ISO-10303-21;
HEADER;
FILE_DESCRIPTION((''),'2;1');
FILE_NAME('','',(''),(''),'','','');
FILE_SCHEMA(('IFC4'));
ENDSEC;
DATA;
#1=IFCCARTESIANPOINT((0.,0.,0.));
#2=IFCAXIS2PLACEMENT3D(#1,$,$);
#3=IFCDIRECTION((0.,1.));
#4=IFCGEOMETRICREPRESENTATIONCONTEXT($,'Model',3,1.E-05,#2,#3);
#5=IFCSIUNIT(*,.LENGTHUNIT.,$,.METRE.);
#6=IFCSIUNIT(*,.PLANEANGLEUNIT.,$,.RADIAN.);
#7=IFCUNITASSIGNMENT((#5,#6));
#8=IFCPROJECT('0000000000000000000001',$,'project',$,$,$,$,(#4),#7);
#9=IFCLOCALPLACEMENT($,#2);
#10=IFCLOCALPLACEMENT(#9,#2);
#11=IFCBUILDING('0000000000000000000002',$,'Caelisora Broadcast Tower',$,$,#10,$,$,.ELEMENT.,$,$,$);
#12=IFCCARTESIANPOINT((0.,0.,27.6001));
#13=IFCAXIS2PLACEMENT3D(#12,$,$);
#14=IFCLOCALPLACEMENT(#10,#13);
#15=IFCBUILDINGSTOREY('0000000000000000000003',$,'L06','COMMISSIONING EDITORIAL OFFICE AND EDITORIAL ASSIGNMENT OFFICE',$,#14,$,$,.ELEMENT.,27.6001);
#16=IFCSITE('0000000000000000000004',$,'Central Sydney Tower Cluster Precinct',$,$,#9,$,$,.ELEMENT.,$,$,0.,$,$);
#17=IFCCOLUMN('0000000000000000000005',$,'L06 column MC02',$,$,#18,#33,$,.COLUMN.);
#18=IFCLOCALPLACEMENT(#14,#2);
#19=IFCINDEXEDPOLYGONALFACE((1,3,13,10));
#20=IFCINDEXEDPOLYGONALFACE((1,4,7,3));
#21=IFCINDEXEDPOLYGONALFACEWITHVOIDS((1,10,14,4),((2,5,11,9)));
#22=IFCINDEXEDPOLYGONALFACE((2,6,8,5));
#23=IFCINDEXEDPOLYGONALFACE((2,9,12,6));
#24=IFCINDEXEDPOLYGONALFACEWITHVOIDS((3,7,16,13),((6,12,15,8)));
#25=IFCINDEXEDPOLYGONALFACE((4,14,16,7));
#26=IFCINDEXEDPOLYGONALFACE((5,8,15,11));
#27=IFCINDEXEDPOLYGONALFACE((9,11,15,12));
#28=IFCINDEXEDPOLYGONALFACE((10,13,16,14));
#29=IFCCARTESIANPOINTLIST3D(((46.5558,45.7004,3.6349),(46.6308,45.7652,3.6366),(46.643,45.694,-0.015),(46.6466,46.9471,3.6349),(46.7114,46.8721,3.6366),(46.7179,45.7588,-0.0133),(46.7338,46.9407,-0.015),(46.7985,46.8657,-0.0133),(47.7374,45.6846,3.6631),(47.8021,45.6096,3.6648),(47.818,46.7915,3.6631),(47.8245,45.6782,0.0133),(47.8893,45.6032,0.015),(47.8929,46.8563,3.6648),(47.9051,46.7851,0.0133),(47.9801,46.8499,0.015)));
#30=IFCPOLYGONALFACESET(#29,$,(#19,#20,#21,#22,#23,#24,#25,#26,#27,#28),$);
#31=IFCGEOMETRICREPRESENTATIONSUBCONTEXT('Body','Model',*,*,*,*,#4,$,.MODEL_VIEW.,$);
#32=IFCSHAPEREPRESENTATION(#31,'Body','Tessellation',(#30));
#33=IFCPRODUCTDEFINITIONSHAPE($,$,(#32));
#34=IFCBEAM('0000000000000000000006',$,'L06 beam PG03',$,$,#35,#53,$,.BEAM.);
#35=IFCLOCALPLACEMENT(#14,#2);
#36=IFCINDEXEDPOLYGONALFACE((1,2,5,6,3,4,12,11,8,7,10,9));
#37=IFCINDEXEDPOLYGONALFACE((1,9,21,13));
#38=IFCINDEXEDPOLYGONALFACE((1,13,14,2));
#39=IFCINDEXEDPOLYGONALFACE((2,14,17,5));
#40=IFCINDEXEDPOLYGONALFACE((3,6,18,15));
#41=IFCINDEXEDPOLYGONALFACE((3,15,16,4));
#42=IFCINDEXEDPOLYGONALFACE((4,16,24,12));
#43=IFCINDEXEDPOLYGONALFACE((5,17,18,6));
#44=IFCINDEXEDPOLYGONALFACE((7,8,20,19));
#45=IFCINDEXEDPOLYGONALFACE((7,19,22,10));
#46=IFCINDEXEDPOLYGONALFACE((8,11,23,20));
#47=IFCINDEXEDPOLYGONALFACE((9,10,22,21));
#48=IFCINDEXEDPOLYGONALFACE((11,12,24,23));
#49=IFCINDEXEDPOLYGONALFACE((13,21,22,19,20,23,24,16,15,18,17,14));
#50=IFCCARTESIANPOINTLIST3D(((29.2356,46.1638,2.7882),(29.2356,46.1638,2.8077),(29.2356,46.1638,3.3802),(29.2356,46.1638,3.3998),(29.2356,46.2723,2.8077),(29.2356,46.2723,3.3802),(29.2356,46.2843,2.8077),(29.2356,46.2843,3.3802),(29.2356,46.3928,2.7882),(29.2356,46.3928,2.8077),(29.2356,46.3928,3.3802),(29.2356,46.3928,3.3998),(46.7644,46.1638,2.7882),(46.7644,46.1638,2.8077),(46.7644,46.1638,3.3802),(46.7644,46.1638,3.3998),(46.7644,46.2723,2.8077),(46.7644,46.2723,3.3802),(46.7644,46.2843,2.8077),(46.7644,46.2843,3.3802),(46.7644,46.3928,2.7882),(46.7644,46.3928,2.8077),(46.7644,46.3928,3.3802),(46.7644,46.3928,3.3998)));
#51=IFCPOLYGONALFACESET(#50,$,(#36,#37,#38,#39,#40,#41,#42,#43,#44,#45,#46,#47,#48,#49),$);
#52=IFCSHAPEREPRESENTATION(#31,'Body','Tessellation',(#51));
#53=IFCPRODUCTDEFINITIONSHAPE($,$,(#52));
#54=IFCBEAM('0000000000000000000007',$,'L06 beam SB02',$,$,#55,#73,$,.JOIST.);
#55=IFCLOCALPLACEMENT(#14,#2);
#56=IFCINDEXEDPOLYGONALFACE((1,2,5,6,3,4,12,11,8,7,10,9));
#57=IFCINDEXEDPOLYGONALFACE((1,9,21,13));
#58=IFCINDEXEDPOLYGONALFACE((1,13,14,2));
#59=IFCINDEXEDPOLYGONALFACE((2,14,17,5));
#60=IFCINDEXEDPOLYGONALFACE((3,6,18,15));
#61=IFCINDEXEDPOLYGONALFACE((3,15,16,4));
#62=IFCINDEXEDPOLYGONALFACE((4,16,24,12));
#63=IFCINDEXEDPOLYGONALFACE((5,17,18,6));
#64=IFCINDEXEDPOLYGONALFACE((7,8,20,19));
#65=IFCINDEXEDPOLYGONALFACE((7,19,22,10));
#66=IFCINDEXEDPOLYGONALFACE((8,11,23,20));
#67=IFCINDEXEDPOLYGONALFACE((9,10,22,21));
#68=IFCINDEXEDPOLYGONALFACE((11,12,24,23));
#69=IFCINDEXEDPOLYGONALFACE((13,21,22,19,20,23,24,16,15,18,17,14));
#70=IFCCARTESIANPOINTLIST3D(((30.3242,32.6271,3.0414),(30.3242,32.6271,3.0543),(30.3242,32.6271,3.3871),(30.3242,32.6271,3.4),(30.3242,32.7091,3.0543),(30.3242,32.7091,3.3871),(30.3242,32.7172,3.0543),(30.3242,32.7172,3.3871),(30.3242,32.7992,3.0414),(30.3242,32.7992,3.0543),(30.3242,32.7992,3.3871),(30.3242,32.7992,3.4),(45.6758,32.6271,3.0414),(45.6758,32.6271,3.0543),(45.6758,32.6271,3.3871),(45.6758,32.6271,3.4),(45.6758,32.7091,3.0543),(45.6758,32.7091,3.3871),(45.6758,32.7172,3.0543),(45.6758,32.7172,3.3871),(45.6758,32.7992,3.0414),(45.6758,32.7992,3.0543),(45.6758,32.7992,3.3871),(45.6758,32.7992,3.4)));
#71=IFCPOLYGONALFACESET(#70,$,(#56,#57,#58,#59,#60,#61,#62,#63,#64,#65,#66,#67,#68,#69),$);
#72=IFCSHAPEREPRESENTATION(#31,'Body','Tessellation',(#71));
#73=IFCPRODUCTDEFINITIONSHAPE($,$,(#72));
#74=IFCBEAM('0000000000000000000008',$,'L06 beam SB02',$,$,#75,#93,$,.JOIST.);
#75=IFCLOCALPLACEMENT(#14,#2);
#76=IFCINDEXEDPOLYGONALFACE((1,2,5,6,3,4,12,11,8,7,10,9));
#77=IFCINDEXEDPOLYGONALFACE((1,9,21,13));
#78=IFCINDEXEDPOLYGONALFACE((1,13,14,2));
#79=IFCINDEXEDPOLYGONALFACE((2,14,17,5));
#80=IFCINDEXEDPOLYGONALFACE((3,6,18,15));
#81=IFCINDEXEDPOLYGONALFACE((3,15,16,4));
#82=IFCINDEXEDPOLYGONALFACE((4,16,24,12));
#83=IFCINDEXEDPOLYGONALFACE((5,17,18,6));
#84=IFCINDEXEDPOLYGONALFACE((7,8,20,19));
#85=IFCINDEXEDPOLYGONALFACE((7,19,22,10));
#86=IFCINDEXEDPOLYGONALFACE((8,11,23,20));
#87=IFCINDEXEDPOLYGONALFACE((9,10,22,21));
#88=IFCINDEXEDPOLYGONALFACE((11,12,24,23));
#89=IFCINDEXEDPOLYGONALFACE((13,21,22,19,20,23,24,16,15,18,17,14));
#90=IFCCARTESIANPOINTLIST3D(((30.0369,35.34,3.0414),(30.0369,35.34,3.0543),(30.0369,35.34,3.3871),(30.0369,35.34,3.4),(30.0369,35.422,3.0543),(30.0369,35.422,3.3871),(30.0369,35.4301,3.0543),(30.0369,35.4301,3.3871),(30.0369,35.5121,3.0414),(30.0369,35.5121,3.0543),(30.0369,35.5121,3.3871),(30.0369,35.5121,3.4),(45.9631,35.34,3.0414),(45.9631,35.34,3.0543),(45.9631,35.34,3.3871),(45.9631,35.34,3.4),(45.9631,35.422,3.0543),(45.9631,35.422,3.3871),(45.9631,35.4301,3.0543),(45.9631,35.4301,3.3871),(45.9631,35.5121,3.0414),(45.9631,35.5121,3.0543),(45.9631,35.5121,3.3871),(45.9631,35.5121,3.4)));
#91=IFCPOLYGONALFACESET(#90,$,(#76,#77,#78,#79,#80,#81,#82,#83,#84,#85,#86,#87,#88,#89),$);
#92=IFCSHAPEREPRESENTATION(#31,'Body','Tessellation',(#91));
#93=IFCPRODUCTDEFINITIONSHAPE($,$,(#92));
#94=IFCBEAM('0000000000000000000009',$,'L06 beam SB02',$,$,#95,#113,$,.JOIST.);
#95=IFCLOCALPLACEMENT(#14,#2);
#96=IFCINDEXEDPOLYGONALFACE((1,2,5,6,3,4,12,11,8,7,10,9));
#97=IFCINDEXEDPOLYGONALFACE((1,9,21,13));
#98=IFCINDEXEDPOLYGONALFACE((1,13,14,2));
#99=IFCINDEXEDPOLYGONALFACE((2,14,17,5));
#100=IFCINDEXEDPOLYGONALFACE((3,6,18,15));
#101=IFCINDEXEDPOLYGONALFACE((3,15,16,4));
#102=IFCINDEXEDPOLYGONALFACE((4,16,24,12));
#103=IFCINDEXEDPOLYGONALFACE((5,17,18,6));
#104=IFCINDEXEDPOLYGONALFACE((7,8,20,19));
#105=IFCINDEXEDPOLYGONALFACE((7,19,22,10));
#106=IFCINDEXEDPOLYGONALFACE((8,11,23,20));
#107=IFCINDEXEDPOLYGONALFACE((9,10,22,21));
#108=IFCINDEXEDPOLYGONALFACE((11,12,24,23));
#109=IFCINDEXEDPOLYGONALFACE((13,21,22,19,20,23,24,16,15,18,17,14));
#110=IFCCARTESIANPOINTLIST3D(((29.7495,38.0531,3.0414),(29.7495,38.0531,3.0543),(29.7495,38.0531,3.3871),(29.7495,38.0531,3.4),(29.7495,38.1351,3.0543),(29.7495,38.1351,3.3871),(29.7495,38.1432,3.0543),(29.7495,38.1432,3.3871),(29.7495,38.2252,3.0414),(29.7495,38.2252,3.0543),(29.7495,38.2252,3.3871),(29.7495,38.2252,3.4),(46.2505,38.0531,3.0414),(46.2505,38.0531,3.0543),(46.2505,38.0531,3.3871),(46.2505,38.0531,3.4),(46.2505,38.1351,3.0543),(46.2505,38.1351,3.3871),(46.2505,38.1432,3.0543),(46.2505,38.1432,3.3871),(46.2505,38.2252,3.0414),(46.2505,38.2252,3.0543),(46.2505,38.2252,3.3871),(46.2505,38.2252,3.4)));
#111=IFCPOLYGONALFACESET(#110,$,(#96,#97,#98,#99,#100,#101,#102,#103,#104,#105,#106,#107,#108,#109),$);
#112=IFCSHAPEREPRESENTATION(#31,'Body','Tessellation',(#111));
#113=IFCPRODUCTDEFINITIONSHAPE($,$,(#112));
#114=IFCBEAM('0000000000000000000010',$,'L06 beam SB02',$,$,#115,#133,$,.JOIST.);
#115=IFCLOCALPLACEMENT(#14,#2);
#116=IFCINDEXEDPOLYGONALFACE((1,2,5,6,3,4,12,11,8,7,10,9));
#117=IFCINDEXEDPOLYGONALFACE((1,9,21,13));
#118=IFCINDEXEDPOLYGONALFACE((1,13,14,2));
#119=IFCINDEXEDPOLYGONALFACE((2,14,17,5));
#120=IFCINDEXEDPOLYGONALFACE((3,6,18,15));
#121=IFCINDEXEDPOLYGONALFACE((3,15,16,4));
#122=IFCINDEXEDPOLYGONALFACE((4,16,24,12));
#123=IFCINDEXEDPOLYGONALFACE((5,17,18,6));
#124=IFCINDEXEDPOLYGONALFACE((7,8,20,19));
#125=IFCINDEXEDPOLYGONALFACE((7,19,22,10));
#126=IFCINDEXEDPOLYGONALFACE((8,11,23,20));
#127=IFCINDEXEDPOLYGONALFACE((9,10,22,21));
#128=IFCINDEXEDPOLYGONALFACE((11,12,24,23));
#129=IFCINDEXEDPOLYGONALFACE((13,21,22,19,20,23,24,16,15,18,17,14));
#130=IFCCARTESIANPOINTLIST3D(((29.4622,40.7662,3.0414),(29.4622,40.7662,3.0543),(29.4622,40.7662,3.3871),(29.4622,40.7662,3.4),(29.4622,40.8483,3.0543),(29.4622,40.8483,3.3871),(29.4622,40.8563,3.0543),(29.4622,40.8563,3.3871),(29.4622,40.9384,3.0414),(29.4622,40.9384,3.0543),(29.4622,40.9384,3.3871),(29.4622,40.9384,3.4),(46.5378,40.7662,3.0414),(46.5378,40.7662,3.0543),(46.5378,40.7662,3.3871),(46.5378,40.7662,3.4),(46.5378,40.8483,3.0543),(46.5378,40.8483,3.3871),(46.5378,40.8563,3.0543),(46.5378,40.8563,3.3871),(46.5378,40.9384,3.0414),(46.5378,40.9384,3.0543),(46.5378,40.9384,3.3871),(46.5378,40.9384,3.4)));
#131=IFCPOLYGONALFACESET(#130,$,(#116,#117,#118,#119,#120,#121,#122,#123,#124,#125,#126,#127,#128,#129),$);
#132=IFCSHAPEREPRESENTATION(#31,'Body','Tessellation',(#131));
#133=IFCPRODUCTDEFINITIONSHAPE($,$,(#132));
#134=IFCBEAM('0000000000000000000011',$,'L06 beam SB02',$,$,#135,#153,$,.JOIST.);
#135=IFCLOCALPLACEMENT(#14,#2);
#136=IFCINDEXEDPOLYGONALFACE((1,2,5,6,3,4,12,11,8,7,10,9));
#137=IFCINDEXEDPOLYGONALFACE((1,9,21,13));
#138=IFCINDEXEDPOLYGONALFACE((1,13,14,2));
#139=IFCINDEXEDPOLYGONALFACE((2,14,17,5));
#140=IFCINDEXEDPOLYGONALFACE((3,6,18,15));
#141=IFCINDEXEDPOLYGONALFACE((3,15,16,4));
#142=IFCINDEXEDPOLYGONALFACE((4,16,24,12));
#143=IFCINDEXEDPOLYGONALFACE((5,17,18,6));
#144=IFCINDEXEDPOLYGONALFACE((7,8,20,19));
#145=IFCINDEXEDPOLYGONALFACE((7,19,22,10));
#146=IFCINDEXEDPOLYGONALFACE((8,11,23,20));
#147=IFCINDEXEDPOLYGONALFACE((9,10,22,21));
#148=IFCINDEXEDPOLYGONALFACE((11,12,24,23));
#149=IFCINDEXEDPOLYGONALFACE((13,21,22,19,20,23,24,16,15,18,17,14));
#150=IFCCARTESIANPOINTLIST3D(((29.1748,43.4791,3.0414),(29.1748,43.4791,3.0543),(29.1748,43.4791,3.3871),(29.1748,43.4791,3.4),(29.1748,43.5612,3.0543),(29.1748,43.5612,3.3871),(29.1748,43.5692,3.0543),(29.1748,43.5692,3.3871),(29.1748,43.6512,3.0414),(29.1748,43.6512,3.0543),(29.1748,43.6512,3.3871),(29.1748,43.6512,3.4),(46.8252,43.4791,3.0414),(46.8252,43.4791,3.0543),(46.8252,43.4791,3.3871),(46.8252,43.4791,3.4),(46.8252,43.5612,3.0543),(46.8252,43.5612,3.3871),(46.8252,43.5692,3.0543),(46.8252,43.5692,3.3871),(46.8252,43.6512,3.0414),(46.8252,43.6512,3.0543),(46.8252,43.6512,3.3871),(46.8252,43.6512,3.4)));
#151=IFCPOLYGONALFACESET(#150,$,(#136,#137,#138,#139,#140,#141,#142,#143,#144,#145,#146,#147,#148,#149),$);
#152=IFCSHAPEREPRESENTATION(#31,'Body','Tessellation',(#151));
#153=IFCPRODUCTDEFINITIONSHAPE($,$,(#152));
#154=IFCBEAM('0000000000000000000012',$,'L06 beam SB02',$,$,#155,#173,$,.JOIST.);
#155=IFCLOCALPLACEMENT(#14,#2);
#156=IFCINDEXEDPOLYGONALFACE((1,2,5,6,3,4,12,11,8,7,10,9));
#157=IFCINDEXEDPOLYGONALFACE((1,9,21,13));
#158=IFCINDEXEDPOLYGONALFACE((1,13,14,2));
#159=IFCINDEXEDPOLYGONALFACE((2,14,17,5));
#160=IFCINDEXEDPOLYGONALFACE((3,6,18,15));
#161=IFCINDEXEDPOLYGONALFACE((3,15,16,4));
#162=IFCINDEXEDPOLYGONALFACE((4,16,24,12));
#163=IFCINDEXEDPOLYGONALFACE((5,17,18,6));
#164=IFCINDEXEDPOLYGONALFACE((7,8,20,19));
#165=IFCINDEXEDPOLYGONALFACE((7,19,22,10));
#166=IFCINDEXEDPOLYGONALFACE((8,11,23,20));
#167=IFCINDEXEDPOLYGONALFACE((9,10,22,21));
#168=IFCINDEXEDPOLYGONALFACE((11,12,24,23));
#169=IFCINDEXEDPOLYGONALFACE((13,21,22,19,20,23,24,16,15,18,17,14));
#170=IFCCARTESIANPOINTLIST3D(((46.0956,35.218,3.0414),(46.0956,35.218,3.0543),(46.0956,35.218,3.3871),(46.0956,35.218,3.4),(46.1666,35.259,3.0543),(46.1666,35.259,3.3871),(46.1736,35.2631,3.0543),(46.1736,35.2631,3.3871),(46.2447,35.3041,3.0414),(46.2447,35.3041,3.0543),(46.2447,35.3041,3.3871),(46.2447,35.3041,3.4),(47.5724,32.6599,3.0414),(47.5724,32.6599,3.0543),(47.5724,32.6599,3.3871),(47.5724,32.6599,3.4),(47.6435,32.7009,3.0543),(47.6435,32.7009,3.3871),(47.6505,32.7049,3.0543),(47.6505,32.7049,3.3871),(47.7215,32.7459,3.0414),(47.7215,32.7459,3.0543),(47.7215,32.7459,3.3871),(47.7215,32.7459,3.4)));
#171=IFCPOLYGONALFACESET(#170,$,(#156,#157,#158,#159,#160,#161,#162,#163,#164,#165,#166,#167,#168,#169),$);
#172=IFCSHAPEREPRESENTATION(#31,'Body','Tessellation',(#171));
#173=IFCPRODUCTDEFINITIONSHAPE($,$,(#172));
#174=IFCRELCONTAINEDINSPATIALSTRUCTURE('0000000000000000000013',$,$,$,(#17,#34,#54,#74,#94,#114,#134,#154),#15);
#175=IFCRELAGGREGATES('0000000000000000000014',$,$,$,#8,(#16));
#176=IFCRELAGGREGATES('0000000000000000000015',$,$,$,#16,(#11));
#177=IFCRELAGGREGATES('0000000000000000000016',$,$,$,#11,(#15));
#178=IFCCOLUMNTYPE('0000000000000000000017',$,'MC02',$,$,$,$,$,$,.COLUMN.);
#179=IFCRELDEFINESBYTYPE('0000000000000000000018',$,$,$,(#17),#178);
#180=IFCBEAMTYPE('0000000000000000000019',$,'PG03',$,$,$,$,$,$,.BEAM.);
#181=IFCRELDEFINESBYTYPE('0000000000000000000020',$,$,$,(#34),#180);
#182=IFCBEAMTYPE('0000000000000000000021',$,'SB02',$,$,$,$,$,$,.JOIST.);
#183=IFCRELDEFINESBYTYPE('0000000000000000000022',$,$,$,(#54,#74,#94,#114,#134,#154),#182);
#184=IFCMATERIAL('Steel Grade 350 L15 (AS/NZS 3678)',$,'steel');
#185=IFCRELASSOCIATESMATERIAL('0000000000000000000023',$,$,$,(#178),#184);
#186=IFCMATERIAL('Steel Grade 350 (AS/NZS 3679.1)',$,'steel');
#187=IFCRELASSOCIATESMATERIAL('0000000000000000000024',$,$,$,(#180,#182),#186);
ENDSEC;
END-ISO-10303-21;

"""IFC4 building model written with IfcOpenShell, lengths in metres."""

from ifc_helpers import new_model, si_unit, direction, frame, origin, origin_2d, place, context, subcontext, project, spatial, hollow_rectangle, i_section, extrude, source, transform, mapped, material, material_profile, profile_set, type_object, type_shapes, element, save


model = new_model("IFC4")

# Units and contexts
model_context = context("Model", 3, precision=1e-05, world=origin(), true_north=direction((0.0, 1.0)))
body_context = subcontext(model_context, "Body", "Model", "MODEL_VIEW")
ifc_project = project(units=[si_unit("LENGTHUNIT", "METRE"), si_unit("PLANEANGLEUNIT", "RADIAN")], contexts=[model_context])

# Site, building, storey
site_placement = place(None, origin())
site = spatial("IfcSite", under=ifc_project, at=site_placement, Name="Central Sydney Tower Cluster Precinct", CompositionType="ELEMENT", RefElevation=0.0)
building_placement = place(site_placement, origin())
building = spatial("IfcBuilding", under=site, at=building_placement, Name="Caelisora Broadcast Tower", CompositionType="ELEMENT")
storey_placement = place(building_placement, frame((0.0, 0.0, 27.6001)))
storey = spatial("IfcBuildingStorey", under=building, at=storey_placement, Name="L06", Description="COMMISSIONING EDITORIAL OFFICE AND EDITORIAL ASSIGNMENT OFFICE", CompositionType="ELEMENT", Elevation=27.6001)

# Column
ifc_material_1 = material(Name="Steel Grade 350 L15 (AS/NZS 3678)", Category="steel")
ifc_material_profile_1 = material_profile(ifc_material_1, hollow_rectangle(XDim=1.25, YDim=1.25, WallThickness=0.0701, at=origin_2d()), Name="Steel Grade 350 L15 (AS/NZS 3678)")
ifc_profile_set_1 = profile_set([ifc_material_profile_1], Name="Steel Grade 350 L15 (AS/NZS 3678)")
column_type = type_object("IfcColumnType", Name="MC02", PredefinedType="COLUMN", material=ifc_profile_set_1)
shared_shape_1 = source(origin(), body_context, "Body", "SweptSolid", [
    extrude(hollow_rectangle(XDim=1.25, YDim=1.25, WallThickness=0.0701, at=origin_2d()), origin(), (0.0, 0.0, 1.0), 3.6509),
])
type_shapes(column_type, [shared_shape_1])
column_placement = place(storey_placement, frame((47.3115, 46.272, 0.0), z_axis=(-0.023873, 0.001739, 0.999713), x_axis=(-0.072637, -0.997358, 0.0)))
element("IfcColumn", 1, at=column_placement, inside=storey, type_object=column_type, Name="L06 column MC02", PredefinedType="COLUMN", context=body_context, shape_type="MappedRepresentation", body=[
    mapped(shared_shape_1, transform((0.0, 0.0, 0.0), scale=1.0)),
])

# Beams
ifc_material_2 = material(Name="Steel Grade 350 (AS/NZS 3679.1)", Category="steel")
ifc_material_profile_2 = material_profile(ifc_material_2, i_section(OverallWidth=0.229, OverallDepth=0.6116, WebThickness=0.012, FlangeThickness=0.0195, at=origin_2d()), Name="Steel Grade 350 (AS/NZS 3679.1)")
ifc_profile_set_2 = profile_set([ifc_material_profile_2], Name="Steel Grade 350 (AS/NZS 3679.1)")
beam_type_1 = type_object("IfcBeamType", Name="PG03", PredefinedType="BEAM", material=ifc_profile_set_2)
shared_shape_2 = source(origin(), body_context, "Body", "SweptSolid", [
    extrude(i_section(OverallWidth=0.229, OverallDepth=0.6116, WebThickness=0.012, FlangeThickness=0.0195, at=origin_2d()), origin(), (0.0, 0.0, 1.0), 17.5288),
])
type_shapes(beam_type_1, [shared_shape_2])
beam_1_placement = place(storey_placement, frame((46.7644, 46.2783, 3.094), z_axis=(-1.0, 0.0, 0.0), x_axis=(0.0, -1.0, 0.0)))
element("IfcBeam", 2, at=beam_1_placement, inside=storey, type_object=beam_type_1, Name="L06 beam PG03", PredefinedType="BEAM", context=body_context, shape_type="MappedRepresentation", body=[
    mapped(shared_shape_2, transform((0.0, 0.0, 0.0), scale=1.0)),
])
ifc_material_profile_3 = material_profile(ifc_material_2, i_section(OverallWidth=0.1721, OverallDepth=0.3586, WebThickness=0.0081, FlangeThickness=0.0129, at=origin_2d()), Name="Steel Grade 350 (AS/NZS 3679.1)")
ifc_profile_set_3 = profile_set([ifc_material_profile_3], Name="Steel Grade 350 (AS/NZS 3679.1)")
beam_type_2 = type_object("IfcBeamType", Name="SB02", PredefinedType="JOIST", material=ifc_profile_set_3)
shared_shape_3 = source(origin(), body_context, "Body", "SweptSolid", [
    extrude(i_section(OverallWidth=0.1721, OverallDepth=0.3586, WebThickness=0.0081, FlangeThickness=0.0129, at=origin_2d()), origin(), (0.0, 0.0, 1.0), 15.3516),
])
beam_2_placement = place(storey_placement, frame((45.6758, 32.7131, 3.2207), z_axis=(-1.0, 0.0, 0.0), x_axis=(0.0, -1.0, 0.0)))
element("IfcBeam", 3, at=beam_2_placement, inside=storey, type_object=beam_type_2, Name="L06 beam SB02", PredefinedType="JOIST", context=body_context, shape_type="MappedRepresentation", body=[
    mapped(shared_shape_3, transform((0.0, 0.0, 0.0), scale=1.0)),
])
shared_shape_4 = source(origin(), body_context, "Body", "SweptSolid", [
    extrude(i_section(OverallWidth=0.1721, OverallDepth=0.3586, WebThickness=0.0081, FlangeThickness=0.0129, at=origin_2d()), origin(), (0.0, 0.0, 1.0), 15.9263),
])
beam_3_placement = place(storey_placement, frame((45.9631, 35.426, 3.2207), z_axis=(-1.0, 0.0, 0.0), x_axis=(0.0, -1.0, 0.0)))
element("IfcBeam", 4, at=beam_3_placement, inside=storey, type_object=beam_type_2, Name="L06 beam SB02", PredefinedType="JOIST", context=body_context, shape_type="MappedRepresentation", body=[
    mapped(shared_shape_4, transform((0.0, 0.0, 0.0), scale=1.0)),
])
shared_shape_5 = source(origin(), body_context, "Body", "SweptSolid", [
    extrude(i_section(OverallWidth=0.1721, OverallDepth=0.3586, WebThickness=0.0081, FlangeThickness=0.0129, at=origin_2d()), origin(), (0.0, 0.0, 1.0), 16.501),
])
beam_4_placement = place(storey_placement, frame((46.2505, 38.1392, 3.2207), z_axis=(-1.0, 0.0, 0.0), x_axis=(0.0, -1.0, 0.0)))
element("IfcBeam", 5, at=beam_4_placement, inside=storey, type_object=beam_type_2, Name="L06 beam SB02", PredefinedType="JOIST", context=body_context, shape_type="MappedRepresentation", body=[
    mapped(shared_shape_5, transform((0.0, 0.0, 0.0), scale=1.0)),
])
shared_shape_6 = source(origin(), body_context, "Body", "SweptSolid", [
    extrude(i_section(OverallWidth=0.1721, OverallDepth=0.3586, WebThickness=0.0081, FlangeThickness=0.0129, at=origin_2d()), origin(), (0.0, 0.0, 1.0), 17.0757),
])
beam_5_placement = place(storey_placement, frame((46.5378, 40.8523, 3.2207), z_axis=(-1.0, 0.0, 0.0), x_axis=(0.0, -1.0, 0.0)))
element("IfcBeam", 6, at=beam_5_placement, inside=storey, type_object=beam_type_2, Name="L06 beam SB02", PredefinedType="JOIST", context=body_context, shape_type="MappedRepresentation", body=[
    mapped(shared_shape_6, transform((0.0, 0.0, 0.0), scale=1.0)),
])
shared_shape_7 = source(origin(), body_context, "Body", "SweptSolid", [
    extrude(i_section(OverallWidth=0.1721, OverallDepth=0.3586, WebThickness=0.0081, FlangeThickness=0.0129, at=origin_2d()), origin(), (0.0, 0.0, 1.0), 17.6504),
])
beam_6_placement = place(storey_placement, frame((46.8252, 43.5652, 3.2207), z_axis=(-1.0, 0.0, 0.0), x_axis=(0.0, -1.0, 0.0)))
element("IfcBeam", 7, at=beam_6_placement, inside=storey, type_object=beam_type_2, Name="L06 beam SB02", PredefinedType="JOIST", context=body_context, shape_type="MappedRepresentation", body=[
    mapped(shared_shape_7, transform((0.0, 0.0, 0.0), scale=1.0)),
])
shared_shape_8 = source(origin(), body_context, "Body", "SweptSolid", [
    extrude(i_section(OverallWidth=0.1721, OverallDepth=0.3586, WebThickness=0.0081, FlangeThickness=0.0129, at=origin_2d()), origin(), (0.0, 0.0, 1.0), 2.9539),
])
beam_7_placement = place(storey_placement, frame((47.647, 32.7029, 3.2207), z_axis=(-0.49997, 0.866042, 0.0), x_axis=(-0.866042, -0.49997, 0.0)))
element("IfcBeam", 8, at=beam_7_placement, inside=storey, type_object=beam_type_2, Name="L06 beam SB02", PredefinedType="JOIST", context=body_context, shape_type="MappedRepresentation", body=[
    mapped(shared_shape_8, transform((0.0, 0.0, 0.0), scale=1.0)),
])

save(model, "model.ifc")
